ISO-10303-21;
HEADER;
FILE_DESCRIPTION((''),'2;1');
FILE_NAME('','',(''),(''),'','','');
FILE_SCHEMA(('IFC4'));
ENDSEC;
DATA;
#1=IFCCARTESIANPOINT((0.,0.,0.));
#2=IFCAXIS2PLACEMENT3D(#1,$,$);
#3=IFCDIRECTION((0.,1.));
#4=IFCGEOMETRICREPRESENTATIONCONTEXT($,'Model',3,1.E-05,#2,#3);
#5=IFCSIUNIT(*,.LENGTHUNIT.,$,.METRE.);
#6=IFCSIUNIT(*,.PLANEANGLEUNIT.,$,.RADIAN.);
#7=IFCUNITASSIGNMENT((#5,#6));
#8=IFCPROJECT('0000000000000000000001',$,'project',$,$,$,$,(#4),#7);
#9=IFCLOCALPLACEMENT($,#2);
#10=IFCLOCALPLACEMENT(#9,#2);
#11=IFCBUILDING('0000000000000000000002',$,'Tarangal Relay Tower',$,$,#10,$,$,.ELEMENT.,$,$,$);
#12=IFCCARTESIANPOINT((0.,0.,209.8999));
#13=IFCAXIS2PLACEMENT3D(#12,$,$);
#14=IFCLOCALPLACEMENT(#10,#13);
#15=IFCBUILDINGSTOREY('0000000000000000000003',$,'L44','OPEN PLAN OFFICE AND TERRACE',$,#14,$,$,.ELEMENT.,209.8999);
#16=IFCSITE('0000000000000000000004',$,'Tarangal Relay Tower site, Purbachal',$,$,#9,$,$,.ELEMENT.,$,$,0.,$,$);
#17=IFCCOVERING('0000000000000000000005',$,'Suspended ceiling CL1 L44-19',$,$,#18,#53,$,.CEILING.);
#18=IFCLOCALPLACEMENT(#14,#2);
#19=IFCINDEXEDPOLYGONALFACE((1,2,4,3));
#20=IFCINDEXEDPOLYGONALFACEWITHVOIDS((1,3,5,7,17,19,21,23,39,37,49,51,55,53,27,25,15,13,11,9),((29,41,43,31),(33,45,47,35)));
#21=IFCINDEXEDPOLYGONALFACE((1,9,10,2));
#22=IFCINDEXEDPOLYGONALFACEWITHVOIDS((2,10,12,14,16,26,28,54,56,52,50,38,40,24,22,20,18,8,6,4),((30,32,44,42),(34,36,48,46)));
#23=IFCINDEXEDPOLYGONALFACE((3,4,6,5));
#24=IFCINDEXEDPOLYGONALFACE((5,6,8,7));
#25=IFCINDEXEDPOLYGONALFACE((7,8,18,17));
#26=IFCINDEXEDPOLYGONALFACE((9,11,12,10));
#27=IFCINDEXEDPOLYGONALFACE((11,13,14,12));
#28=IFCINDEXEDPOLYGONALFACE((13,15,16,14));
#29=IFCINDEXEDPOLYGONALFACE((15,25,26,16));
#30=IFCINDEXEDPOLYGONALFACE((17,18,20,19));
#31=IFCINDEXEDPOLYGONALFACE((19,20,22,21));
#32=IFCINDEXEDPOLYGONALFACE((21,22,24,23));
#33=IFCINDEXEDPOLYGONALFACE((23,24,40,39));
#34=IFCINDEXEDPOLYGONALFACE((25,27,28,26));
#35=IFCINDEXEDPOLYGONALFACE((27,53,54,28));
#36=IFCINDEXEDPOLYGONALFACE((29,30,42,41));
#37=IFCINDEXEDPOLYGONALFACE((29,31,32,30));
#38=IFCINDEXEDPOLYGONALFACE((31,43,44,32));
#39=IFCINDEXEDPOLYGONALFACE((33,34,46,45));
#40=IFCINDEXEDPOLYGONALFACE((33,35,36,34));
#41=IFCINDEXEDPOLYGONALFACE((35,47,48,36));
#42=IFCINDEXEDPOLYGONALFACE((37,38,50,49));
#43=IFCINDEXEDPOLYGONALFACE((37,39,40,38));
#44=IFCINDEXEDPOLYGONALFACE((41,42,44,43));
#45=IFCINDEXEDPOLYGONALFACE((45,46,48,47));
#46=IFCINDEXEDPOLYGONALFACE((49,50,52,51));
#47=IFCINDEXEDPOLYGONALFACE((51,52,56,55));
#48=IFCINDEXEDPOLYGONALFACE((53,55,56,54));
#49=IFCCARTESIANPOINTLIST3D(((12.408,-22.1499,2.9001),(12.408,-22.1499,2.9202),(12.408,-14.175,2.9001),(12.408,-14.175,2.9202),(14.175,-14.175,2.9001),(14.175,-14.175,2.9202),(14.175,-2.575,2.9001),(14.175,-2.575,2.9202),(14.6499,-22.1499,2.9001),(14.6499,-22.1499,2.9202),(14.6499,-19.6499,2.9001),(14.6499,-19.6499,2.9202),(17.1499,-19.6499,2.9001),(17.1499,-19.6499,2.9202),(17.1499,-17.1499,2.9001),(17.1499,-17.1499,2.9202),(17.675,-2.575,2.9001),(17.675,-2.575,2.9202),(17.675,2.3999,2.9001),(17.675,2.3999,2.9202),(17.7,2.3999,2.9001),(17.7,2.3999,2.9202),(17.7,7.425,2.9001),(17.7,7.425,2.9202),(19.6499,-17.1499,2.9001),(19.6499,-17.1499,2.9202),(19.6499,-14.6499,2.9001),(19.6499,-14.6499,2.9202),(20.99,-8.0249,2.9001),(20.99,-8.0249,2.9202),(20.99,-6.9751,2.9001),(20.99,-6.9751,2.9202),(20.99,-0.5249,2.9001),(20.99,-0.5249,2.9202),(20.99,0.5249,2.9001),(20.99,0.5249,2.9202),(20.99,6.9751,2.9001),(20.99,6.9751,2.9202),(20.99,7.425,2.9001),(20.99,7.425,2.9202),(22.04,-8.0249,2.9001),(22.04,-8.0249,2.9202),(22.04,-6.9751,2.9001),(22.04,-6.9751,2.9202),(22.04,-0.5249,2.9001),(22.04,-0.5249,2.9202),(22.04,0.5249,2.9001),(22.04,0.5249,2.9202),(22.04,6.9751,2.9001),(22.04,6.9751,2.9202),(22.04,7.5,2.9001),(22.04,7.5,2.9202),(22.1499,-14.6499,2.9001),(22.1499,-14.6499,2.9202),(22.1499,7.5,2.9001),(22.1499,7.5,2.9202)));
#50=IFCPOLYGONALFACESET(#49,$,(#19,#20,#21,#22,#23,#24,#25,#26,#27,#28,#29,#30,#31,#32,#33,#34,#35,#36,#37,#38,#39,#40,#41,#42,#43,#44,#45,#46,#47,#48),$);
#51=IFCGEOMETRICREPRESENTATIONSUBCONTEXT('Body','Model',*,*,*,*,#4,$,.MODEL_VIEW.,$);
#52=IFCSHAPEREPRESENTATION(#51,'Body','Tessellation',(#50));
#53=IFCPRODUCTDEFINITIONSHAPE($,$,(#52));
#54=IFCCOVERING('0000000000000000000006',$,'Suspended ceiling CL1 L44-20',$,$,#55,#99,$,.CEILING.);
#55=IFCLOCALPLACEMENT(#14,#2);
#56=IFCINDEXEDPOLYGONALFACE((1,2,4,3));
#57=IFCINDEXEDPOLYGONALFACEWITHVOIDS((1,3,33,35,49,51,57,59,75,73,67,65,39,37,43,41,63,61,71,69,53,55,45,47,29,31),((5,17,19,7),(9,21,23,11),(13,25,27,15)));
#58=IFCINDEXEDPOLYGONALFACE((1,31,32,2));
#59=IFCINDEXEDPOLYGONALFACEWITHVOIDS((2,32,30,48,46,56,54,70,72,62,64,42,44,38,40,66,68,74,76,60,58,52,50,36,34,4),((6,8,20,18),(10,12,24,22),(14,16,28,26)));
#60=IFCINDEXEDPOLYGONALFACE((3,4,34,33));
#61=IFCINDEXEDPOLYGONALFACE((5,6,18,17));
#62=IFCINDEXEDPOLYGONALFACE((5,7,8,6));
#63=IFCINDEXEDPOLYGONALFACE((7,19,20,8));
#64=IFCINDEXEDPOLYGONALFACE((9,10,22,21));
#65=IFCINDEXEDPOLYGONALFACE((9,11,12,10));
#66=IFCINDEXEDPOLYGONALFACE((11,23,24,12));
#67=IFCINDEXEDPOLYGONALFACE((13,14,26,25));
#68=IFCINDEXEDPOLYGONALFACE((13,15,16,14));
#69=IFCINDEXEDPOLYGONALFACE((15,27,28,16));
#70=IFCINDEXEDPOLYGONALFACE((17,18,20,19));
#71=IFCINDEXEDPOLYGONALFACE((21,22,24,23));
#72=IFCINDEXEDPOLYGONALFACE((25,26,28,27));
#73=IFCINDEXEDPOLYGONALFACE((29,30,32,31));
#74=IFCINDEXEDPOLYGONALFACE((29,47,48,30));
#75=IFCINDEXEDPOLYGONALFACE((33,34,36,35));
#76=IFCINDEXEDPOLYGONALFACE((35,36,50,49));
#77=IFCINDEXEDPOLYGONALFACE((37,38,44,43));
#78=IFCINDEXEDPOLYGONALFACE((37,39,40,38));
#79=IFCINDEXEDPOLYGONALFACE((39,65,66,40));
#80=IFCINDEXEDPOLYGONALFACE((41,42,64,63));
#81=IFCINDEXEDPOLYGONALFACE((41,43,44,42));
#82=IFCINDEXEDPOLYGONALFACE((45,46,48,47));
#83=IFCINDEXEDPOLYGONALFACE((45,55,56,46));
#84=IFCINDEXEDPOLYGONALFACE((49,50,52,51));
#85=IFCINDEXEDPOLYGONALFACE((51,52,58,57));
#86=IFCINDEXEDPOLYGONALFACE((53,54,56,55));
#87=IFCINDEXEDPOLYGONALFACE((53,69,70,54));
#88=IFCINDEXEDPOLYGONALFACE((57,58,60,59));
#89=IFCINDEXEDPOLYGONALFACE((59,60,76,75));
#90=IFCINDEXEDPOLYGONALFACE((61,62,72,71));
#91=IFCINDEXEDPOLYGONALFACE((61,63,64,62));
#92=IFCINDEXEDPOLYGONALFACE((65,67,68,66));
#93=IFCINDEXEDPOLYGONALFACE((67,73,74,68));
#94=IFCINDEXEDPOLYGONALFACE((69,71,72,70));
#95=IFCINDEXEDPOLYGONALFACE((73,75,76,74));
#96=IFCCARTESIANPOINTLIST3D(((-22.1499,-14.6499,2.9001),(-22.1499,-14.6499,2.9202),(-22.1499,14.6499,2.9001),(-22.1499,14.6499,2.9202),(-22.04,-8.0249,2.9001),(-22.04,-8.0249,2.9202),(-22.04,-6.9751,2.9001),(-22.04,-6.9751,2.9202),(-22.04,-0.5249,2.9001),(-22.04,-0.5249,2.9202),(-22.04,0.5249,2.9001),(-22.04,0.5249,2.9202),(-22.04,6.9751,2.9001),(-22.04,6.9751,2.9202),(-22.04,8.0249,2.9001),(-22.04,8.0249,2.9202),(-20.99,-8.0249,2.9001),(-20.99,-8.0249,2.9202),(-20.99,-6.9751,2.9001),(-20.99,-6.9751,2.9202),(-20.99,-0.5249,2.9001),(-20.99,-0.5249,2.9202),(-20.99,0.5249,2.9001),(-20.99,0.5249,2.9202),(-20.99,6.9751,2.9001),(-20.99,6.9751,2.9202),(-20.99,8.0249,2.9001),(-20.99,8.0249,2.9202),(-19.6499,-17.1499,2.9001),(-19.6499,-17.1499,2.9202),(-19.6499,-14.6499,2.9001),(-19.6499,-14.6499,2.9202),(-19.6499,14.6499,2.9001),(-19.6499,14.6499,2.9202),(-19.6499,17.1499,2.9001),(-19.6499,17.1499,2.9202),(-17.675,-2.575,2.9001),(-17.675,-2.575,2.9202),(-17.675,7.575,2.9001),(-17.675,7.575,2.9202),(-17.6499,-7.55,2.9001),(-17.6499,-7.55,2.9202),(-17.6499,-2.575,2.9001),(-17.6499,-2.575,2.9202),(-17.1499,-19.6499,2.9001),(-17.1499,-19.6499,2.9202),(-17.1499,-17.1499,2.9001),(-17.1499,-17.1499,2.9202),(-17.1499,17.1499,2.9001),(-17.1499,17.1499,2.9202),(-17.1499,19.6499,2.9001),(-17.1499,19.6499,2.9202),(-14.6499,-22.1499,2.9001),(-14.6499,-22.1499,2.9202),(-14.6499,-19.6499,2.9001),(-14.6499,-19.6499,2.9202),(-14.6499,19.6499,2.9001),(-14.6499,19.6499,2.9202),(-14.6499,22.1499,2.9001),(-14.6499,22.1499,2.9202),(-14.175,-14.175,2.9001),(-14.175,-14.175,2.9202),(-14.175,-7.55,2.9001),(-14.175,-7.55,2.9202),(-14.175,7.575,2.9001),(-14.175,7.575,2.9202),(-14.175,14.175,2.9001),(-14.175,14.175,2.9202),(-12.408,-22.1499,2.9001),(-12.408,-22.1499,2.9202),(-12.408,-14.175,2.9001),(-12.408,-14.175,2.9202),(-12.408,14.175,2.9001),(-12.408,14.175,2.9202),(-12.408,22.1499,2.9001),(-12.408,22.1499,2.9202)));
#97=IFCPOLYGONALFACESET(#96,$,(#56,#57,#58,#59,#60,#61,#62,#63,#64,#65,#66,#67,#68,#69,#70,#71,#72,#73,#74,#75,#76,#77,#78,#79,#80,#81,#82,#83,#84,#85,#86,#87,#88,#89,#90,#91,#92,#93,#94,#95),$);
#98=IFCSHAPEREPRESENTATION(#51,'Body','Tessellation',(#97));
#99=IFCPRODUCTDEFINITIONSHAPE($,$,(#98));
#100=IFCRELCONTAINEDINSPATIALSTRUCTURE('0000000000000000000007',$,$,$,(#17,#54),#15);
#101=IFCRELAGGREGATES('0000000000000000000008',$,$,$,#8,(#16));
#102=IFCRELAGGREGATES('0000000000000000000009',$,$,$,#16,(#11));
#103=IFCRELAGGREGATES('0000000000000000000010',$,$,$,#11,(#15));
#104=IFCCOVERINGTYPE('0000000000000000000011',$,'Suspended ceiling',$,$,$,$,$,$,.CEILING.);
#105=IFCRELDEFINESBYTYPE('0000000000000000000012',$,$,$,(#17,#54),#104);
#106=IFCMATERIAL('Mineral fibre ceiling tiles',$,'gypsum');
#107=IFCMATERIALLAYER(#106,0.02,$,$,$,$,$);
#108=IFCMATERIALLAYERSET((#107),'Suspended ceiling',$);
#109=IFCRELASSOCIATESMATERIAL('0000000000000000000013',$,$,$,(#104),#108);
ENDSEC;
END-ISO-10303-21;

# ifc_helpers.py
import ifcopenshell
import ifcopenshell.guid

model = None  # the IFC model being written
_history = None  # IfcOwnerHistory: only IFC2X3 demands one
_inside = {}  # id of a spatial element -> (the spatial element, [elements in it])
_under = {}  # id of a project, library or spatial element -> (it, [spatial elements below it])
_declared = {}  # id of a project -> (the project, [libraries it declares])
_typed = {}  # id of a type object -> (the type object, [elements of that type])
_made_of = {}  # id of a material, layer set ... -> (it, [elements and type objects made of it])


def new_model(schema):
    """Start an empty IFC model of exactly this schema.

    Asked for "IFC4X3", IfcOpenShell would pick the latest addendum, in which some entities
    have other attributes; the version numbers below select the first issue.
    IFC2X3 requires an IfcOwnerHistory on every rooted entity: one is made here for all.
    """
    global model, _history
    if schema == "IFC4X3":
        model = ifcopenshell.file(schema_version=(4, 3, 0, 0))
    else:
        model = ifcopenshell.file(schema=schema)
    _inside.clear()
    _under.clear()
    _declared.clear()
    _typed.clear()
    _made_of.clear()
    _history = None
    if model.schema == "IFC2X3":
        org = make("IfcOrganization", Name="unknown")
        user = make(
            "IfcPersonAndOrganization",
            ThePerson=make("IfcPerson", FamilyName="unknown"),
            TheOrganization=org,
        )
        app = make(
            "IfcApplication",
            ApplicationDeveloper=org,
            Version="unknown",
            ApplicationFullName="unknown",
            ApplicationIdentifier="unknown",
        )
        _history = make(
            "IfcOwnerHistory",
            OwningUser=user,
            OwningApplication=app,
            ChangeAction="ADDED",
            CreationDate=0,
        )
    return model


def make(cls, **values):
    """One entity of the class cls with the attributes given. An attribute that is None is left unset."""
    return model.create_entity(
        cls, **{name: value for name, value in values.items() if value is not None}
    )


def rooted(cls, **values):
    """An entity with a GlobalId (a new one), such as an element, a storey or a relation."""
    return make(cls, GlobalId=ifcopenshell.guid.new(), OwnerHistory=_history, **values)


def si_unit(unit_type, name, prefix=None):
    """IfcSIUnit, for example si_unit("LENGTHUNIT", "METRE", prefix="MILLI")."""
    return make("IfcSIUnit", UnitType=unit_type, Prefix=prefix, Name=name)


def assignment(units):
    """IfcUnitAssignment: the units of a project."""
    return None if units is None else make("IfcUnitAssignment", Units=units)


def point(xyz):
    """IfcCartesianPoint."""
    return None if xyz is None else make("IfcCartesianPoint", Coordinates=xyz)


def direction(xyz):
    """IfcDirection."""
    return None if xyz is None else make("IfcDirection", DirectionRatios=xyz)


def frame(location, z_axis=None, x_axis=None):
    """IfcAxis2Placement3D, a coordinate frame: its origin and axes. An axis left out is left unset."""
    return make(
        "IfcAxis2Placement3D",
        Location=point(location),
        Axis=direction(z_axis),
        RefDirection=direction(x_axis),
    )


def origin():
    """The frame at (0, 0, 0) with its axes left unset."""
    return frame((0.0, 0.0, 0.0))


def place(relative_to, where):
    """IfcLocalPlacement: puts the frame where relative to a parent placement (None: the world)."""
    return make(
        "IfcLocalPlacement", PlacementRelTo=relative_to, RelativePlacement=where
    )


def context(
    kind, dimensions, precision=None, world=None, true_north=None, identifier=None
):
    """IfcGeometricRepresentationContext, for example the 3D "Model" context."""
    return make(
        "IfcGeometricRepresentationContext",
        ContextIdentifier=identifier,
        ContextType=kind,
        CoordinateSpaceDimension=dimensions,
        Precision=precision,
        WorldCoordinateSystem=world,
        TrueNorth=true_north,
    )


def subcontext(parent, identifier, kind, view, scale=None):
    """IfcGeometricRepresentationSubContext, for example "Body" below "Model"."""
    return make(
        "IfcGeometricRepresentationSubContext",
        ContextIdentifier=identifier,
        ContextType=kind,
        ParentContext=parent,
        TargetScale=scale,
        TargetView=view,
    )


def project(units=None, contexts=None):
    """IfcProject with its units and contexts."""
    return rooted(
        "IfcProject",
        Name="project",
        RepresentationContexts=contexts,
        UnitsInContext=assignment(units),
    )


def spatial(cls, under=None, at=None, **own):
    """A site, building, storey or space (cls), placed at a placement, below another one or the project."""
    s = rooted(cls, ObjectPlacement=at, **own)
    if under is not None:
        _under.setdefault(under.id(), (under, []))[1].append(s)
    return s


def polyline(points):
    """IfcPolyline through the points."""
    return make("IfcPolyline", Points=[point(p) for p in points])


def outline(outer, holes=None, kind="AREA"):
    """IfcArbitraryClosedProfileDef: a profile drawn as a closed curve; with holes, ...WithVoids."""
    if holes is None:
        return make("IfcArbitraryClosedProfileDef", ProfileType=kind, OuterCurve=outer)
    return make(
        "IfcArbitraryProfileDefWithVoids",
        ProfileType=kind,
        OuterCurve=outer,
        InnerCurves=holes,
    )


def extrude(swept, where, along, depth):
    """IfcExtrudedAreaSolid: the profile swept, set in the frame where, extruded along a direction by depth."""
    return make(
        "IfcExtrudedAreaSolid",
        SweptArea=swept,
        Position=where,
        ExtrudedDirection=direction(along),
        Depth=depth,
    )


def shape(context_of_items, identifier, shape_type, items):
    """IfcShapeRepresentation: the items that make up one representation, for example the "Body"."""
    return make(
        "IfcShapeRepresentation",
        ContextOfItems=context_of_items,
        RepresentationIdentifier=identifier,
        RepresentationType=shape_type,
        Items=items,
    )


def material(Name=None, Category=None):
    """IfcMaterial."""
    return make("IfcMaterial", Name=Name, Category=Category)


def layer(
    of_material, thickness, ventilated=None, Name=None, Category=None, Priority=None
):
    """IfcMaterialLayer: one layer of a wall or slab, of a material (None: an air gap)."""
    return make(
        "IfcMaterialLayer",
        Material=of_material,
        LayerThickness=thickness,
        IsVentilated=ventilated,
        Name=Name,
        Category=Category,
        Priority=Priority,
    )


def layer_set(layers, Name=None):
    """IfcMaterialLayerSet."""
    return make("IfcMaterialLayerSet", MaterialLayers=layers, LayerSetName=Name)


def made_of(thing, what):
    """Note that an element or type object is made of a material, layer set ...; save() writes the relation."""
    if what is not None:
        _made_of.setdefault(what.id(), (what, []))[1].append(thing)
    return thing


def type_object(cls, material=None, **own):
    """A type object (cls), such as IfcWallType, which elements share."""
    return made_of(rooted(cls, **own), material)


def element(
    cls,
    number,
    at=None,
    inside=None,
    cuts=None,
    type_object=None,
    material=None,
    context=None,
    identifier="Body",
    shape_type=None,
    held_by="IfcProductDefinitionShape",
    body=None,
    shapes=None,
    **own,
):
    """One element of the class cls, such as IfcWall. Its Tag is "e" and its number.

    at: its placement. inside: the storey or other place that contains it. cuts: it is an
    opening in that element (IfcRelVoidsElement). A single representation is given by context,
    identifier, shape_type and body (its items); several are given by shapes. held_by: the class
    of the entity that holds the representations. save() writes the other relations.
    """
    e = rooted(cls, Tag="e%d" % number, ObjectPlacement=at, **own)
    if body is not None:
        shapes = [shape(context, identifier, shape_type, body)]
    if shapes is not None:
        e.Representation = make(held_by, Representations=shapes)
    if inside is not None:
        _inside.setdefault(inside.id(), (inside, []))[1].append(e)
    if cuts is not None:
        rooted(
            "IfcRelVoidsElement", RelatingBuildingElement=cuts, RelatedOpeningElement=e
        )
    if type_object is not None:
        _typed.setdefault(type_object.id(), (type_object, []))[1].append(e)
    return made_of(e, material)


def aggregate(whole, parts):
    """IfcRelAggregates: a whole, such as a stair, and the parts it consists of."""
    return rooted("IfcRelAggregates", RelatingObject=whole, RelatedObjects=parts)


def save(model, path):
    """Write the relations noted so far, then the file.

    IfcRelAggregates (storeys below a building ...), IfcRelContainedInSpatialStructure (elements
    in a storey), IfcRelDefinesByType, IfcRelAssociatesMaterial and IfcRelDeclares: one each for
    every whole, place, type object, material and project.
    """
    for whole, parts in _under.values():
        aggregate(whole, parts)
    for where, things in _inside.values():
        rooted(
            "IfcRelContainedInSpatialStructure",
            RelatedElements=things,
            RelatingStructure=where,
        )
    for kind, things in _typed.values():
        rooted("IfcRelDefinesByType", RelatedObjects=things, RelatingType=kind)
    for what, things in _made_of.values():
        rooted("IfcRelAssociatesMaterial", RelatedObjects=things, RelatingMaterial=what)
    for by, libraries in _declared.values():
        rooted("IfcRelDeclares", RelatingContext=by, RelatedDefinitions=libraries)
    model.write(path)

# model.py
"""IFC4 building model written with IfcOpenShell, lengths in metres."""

from ifc_helpers import new_model, si_unit, direction, frame, origin, place, context, subcontext, project, spatial, polyline, outline, extrude, material, layer, layer_set, type_object, element, save


model = new_model("IFC4")

# Units and contexts
model_context = context("Model", 3, precision=1e-05, world=origin(), true_north=direction((0.0, 1.0)))
body_context = subcontext(model_context, "Body", "Model", "MODEL_VIEW")
ifc_project = project(units=[si_unit("LENGTHUNIT", "METRE"), si_unit("PLANEANGLEUNIT", "RADIAN")], contexts=[model_context])

# Site, building, storey
site_placement = place(None, origin())
site = spatial("IfcSite", under=ifc_project, at=site_placement, Name="Tarangal Relay Tower site, Purbachal", CompositionType="ELEMENT", RefElevation=0.0)
building_placement = place(site_placement, origin())
building = spatial("IfcBuilding", under=site, at=building_placement, Name="Tarangal Relay Tower", CompositionType="ELEMENT")
storey_placement = place(building_placement, frame((0.0, 0.0, 209.8999)))
storey = spatial("IfcBuildingStorey", under=building, at=storey_placement, Name="L44", Description="OPEN PLAN OFFICE AND TERRACE", CompositionType="ELEMENT", Elevation=209.8999)

# Coverings
ifc_material_1 = material(Name="Mineral fibre ceiling tiles", Category="gypsum")
ifc_layer_1 = layer(ifc_material_1, 0.02)
ifc_layer_set_1 = layer_set([ifc_layer_1], Name="Suspended ceiling")
covering_type = type_object("IfcCoveringType", Name="Suspended ceiling", PredefinedType="CEILING", material=ifc_layer_set_1)
covering_1_placement = place(storey_placement, frame((0.0, 0.0, 2.9001)))
element("IfcCovering", 1, at=covering_1_placement, inside=storey, type_object=covering_type, Name="Suspended ceiling CL1 L44-19", PredefinedType="CEILING", context=body_context, shape_type="SweptSolid", body=[
    extrude(outline(polyline([(22.1499, 7.5), (22.04, 7.5), (22.04, 6.9751), (20.99, 6.9751), (20.99, 7.425), (17.7, 7.425), (17.7, 2.3999), (17.675, 2.3999), (17.675, -2.575), (14.175, -2.575), (14.175, -14.175), (12.408, -14.175), (12.408, -22.1499), (14.6499, -22.1499), (14.6499, -19.6499), (17.1499, -19.6499), (17.1499, -17.1499), (19.6499, -17.1499), (19.6499, -14.6499), (22.1499, -14.6499), (22.1499, 7.5)]), holes=[polyline([(22.04, -8.0249), (22.04, -6.9751), (20.99, -6.9751), (20.99, -8.0249), (22.04, -8.0249)]), polyline([(20.99, -0.5249), (22.04, -0.5249), (22.04, 0.5249), (20.99, 0.5249), (20.99, -0.5249)])]), origin(), (0.0, 0.0, 1.0), 0.02),
])
covering_2_placement = place(storey_placement, frame((0.0, 0.0, 2.9001)))
element("IfcCovering", 2, at=covering_2_placement, inside=storey, type_object=covering_type, Name="Suspended ceiling CL1 L44-20", PredefinedType="CEILING", context=body_context, shape_type="SweptSolid", body=[
    extrude(outline(polyline([(-14.6499, -22.1499), (-12.408, -22.1499), (-12.408, -14.175), (-14.175, -14.175), (-14.175, -7.55), (-17.6499, -7.55), (-17.6499, -2.575), (-17.675, -2.575), (-17.675, 7.575), (-14.175, 7.575), (-14.175, 14.175), (-12.408, 14.175), (-12.408, 22.1499), (-14.6499, 22.1499), (-14.6499, 19.6499), (-17.1499, 19.6499), (-17.1499, 17.1499), (-19.6499, 17.1499), (-19.6499, 14.6499), (-22.1499, 14.6499), (-22.1499, -14.6499), (-19.6499, -14.6499), (-19.6499, -17.1499), (-17.1499, -17.1499), (-17.1499, -19.6499), (-14.6499, -19.6499), (-14.6499, -22.1499)]), holes=[polyline([(-20.99, -8.0249), (-20.99, -6.9751), (-22.04, -6.9751), (-22.04, -8.0249), (-20.99, -8.0249)]), polyline([(-22.04, -0.5249), (-20.99, -0.5249), (-20.99, 0.5249), (-22.04, 0.5249), (-22.04, -0.5249)]), polyline([(-22.04, 6.9751), (-20.99, 6.9751), (-20.99, 8.0249), (-22.04, 8.0249), (-22.04, 6.9751)])]), origin(), (0.0, 0.0, 1.0), 0.02),
])

save(model, "model.ifc")
